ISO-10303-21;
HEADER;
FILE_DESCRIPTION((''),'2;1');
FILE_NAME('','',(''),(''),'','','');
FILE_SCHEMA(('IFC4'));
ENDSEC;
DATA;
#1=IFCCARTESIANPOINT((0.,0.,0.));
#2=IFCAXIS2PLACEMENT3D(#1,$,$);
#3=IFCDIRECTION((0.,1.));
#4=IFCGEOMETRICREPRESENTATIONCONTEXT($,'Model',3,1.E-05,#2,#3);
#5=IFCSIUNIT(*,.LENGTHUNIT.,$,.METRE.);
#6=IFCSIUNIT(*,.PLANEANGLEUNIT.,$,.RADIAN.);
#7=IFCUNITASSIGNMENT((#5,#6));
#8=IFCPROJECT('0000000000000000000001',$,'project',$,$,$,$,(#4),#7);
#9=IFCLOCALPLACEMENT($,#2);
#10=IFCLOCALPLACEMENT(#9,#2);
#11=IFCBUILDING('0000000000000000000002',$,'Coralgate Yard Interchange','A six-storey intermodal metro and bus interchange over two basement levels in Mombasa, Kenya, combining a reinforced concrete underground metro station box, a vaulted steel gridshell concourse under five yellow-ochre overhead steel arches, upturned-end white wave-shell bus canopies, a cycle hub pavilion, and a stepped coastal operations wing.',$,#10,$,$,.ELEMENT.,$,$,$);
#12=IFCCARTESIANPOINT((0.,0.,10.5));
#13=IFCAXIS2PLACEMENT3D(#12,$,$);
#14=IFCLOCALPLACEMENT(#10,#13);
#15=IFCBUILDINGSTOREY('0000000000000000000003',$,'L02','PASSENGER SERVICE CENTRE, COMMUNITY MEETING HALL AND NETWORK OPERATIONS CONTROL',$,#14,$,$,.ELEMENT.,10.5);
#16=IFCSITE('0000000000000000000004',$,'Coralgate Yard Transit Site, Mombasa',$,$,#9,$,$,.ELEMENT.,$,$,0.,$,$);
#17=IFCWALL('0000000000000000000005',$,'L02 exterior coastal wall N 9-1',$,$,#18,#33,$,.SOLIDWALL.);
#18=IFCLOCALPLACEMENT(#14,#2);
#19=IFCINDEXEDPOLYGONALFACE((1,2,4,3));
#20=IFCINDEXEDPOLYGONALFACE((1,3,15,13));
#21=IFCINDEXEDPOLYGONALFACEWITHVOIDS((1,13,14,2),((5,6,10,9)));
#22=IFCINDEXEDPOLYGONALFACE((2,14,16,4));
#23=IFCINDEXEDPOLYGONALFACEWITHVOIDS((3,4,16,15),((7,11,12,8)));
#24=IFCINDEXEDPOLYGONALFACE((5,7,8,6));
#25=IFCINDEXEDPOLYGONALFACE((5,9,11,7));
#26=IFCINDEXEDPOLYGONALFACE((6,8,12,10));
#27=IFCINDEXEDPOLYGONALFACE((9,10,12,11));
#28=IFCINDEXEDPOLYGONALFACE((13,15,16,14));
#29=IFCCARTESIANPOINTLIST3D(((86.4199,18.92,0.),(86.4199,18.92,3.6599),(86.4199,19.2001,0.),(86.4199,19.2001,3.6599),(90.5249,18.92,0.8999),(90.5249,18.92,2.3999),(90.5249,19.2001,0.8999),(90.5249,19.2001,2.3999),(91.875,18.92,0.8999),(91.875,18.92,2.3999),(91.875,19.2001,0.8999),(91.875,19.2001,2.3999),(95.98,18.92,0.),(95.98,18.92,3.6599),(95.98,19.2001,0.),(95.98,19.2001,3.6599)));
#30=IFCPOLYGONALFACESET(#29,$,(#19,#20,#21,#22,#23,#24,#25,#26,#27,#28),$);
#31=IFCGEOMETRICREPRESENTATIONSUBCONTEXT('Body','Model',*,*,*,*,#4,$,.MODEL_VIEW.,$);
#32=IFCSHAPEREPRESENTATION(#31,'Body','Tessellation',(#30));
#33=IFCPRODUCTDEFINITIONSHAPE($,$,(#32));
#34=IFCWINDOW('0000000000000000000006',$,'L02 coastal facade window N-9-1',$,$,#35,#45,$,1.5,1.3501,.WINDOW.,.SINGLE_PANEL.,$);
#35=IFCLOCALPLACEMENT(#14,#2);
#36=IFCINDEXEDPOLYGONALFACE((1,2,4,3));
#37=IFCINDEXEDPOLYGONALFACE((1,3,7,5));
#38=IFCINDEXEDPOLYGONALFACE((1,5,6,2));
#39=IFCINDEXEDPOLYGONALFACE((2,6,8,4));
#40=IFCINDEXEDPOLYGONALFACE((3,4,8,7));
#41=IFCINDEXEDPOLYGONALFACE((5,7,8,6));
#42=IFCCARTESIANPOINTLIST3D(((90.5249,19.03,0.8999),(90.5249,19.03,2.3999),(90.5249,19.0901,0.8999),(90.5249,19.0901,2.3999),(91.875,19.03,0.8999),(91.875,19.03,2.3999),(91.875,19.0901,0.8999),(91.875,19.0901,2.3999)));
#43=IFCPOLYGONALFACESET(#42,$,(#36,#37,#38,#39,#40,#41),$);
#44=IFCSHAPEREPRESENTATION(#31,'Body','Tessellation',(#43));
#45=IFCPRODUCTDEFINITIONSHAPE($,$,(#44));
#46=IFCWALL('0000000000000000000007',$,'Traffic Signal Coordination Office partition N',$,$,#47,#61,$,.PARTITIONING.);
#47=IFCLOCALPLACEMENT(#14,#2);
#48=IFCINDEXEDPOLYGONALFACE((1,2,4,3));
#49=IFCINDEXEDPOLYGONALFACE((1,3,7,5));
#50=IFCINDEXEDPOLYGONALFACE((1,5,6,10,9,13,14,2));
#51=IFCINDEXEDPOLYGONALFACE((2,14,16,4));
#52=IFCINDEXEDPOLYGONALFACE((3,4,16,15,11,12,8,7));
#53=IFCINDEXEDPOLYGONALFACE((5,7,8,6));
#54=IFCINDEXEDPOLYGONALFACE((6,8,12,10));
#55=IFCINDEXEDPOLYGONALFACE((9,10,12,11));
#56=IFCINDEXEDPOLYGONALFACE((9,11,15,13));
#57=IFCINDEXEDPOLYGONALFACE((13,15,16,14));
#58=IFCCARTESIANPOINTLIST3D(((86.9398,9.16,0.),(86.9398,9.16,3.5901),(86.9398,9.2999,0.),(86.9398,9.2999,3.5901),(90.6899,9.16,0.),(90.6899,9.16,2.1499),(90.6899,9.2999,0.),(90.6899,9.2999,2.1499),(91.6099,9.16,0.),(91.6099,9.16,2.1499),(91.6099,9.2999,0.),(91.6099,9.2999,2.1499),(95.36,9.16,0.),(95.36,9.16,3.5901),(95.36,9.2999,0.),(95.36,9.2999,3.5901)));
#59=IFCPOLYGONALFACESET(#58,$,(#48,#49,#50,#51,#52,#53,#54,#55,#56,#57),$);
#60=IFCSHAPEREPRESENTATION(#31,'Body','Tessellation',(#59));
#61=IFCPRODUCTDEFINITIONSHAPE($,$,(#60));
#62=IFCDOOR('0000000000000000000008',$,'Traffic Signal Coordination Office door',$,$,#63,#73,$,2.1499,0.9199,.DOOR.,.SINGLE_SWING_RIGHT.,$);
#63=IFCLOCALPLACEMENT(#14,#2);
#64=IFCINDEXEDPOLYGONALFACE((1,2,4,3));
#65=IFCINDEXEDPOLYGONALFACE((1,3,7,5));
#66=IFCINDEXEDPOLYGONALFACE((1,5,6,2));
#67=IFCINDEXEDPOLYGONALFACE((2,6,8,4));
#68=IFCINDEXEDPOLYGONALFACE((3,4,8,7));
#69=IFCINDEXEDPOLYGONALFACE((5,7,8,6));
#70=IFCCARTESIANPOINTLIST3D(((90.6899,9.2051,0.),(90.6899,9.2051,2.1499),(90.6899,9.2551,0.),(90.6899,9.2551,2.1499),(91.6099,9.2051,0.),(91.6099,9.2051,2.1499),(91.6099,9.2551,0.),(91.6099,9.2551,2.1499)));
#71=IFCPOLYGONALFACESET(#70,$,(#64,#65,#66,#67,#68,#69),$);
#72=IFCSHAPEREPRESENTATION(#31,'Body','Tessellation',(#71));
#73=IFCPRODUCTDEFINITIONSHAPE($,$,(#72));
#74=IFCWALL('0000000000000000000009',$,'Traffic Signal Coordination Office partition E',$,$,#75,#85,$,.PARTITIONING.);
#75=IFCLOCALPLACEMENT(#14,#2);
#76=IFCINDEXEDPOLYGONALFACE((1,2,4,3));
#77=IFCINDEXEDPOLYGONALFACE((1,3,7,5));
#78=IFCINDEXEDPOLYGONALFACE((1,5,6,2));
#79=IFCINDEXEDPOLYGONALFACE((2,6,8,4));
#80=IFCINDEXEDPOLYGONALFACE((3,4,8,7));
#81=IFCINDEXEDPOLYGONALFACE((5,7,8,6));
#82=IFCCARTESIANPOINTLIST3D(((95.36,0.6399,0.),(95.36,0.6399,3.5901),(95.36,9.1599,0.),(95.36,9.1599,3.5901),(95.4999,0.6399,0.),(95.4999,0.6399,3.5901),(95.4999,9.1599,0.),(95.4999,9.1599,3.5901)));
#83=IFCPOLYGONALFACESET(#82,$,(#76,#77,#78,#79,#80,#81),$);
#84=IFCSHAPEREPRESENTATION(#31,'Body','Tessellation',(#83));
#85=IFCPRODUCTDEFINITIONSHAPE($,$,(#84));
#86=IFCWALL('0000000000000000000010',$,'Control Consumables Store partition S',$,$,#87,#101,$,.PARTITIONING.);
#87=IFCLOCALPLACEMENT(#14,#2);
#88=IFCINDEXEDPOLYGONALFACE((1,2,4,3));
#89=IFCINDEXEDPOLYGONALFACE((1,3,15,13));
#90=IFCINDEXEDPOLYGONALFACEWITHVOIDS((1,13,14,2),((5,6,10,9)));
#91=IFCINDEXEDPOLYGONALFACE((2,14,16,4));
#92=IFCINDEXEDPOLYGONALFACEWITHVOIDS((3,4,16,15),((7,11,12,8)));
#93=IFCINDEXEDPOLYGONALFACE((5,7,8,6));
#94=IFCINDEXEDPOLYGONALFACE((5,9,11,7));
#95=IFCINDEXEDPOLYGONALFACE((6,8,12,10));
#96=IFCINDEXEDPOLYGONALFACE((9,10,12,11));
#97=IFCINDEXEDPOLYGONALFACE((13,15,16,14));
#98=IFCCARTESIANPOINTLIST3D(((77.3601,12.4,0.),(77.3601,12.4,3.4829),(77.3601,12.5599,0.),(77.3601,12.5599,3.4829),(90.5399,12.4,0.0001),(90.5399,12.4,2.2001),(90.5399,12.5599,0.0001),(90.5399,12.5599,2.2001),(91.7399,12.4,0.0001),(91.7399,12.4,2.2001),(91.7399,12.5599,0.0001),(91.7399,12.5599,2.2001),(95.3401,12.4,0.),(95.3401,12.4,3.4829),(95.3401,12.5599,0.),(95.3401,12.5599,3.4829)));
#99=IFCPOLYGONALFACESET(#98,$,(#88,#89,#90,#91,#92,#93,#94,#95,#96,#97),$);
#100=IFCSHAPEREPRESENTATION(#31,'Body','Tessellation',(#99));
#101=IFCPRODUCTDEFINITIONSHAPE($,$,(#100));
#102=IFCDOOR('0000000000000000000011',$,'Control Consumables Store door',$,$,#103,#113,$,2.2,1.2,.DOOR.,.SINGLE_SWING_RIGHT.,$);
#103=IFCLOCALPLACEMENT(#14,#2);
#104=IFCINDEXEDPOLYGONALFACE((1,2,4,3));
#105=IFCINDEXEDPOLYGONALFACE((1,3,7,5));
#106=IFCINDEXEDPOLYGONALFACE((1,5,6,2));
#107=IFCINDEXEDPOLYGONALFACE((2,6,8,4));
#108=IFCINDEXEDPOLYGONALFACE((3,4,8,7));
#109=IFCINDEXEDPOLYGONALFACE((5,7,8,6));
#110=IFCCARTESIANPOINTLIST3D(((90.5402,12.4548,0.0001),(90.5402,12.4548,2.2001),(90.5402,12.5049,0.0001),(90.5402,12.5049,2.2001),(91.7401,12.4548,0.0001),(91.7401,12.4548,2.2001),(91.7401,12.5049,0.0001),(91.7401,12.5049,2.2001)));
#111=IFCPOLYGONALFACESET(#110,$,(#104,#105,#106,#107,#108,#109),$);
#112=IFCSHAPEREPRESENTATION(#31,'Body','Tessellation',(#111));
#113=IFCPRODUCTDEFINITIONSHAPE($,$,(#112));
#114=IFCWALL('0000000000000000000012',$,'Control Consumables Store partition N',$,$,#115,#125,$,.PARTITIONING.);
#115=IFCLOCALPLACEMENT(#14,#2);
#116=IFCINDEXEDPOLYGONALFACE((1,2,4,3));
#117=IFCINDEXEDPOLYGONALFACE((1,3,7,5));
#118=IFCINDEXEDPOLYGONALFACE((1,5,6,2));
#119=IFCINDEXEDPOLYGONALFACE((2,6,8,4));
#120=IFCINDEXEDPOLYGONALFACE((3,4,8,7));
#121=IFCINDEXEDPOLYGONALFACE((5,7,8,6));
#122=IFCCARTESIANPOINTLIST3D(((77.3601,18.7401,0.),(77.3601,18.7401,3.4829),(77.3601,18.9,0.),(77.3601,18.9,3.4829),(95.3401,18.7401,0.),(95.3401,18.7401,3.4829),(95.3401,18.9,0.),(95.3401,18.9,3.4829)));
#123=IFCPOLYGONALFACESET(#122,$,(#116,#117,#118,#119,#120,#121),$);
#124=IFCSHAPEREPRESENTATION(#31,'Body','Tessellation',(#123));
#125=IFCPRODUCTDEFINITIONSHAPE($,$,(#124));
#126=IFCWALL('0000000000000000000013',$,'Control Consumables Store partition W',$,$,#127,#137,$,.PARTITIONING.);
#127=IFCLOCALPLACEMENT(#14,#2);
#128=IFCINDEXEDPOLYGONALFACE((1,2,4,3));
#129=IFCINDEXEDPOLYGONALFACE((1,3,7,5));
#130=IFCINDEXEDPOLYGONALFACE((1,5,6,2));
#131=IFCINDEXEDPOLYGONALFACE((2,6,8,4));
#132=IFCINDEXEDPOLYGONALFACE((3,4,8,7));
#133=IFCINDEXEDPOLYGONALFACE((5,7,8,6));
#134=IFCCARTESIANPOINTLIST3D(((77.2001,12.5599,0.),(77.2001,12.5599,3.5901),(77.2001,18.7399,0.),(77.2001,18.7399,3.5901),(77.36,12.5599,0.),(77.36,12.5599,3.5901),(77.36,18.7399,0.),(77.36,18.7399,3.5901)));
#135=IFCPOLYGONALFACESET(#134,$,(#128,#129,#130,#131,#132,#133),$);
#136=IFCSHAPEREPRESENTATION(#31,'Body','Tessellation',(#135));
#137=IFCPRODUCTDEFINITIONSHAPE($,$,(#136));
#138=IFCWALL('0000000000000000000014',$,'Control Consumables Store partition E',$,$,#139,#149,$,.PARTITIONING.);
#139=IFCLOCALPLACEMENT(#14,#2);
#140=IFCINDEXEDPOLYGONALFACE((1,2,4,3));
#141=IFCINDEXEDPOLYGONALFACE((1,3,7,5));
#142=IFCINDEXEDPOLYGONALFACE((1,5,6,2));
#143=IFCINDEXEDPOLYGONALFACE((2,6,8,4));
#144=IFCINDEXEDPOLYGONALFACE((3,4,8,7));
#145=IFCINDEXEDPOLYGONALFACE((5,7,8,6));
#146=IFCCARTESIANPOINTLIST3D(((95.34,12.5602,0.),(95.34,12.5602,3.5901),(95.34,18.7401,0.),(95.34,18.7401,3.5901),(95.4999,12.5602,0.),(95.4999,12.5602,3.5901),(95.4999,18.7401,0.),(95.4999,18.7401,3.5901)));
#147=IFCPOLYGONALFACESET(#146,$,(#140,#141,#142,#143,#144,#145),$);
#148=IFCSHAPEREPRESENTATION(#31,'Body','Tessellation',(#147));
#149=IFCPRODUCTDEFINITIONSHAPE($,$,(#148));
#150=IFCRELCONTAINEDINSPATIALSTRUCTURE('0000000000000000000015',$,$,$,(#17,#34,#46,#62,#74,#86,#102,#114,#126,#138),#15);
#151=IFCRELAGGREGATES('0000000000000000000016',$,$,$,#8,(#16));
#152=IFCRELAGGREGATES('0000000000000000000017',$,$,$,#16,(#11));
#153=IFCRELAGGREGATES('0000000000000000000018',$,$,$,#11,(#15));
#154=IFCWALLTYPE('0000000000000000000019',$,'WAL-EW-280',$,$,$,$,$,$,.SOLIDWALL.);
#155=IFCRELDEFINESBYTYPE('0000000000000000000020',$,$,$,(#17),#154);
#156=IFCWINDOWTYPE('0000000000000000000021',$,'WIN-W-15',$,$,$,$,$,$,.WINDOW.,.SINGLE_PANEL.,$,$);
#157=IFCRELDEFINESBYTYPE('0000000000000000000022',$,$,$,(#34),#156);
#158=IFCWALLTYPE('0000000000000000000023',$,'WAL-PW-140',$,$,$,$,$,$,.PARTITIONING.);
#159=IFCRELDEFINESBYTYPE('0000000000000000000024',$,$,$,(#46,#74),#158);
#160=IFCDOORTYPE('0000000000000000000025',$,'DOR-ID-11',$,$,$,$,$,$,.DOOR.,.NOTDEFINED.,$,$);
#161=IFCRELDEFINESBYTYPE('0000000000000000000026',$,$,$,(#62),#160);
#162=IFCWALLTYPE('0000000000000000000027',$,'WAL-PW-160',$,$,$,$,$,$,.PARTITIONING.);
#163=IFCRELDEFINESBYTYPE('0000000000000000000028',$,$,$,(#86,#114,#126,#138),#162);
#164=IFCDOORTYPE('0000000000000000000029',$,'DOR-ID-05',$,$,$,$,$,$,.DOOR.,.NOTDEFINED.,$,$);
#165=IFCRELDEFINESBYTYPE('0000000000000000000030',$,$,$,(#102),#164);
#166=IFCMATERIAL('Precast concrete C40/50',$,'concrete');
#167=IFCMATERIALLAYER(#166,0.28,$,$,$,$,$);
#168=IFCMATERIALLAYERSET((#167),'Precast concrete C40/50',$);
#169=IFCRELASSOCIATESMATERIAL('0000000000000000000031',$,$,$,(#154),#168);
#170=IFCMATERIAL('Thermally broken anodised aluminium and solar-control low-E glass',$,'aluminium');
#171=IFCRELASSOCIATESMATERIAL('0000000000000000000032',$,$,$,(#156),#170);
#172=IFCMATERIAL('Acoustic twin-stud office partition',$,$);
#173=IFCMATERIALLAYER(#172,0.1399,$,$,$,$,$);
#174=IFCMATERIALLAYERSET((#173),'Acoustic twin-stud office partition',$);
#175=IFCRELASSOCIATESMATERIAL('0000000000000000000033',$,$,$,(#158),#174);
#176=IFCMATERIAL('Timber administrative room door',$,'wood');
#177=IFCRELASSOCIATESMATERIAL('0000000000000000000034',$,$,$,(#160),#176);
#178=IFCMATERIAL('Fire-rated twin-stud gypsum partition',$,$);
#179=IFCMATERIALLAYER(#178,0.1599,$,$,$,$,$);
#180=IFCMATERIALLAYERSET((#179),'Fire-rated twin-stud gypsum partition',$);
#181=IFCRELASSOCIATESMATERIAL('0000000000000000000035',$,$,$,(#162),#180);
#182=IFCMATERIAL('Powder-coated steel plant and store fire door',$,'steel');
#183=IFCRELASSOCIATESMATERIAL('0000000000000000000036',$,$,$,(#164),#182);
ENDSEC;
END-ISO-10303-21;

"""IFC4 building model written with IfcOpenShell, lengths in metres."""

from ifc_helpers import new_model, si_unit, direction, frame, frame_2d, origin, place, context, subcontext, project, spatial, rectangle, extrude, material, layer, layer_set, type_object, element, fill, save


model = new_model("IFC4")

# Units and contexts
model_context = context("Model", 3, precision=1e-05, world=origin(), true_north=direction((0.0, 1.0)))
body_context = subcontext(model_context, "Body", "Model", "MODEL_VIEW")
ifc_project = project(units=[si_unit("LENGTHUNIT", "METRE"), si_unit("PLANEANGLEUNIT", "RADIAN")], contexts=[model_context])

# Site, building, storey
site_placement = place(None, origin())
site = spatial("IfcSite", under=ifc_project, at=site_placement, Name="Coralgate Yard Transit Site, Mombasa", CompositionType="ELEMENT", RefElevation=0.0)
building_placement = place(site_placement, origin())
building = spatial("IfcBuilding", under=site, at=building_placement, Name="Coralgate Yard Interchange", Description="A six-storey intermodal metro and bus interchange over two basement levels in Mombasa, Kenya, combining a reinforced concrete underground metro station box, a vaulted steel gridshell concourse under five yellow-ochre overhead steel arches, upturned-end white wave-shell bus canopies, a cycle hub pavilion, and a stepped coastal operations wing.", CompositionType="ELEMENT")
storey_placement = place(building_placement, frame((0.0, 0.0, 10.5)))
storey = spatial("IfcBuildingStorey", under=building, at=storey_placement, Name="L02", Description="PASSENGER SERVICE CENTRE, COMMUNITY MEETING HALL AND NETWORK OPERATIONS CONTROL", CompositionType="ELEMENT", Elevation=10.5)

# Wall, opening, window
ifc_material_1 = material(Name="Precast concrete C40/50", Category="concrete")
ifc_layer_1 = layer(ifc_material_1, 0.28)
ifc_layer_set_1 = layer_set([ifc_layer_1], Name="Precast concrete C40/50")
wall_type_1 = type_object("IfcWallType", Name="WAL-EW-280", PredefinedType="SOLIDWALL", material=ifc_layer_set_1)
wall_1_placement = place(storey_placement, frame((86.4199, 19.0601, 0.0), z_axis=(0.0, 0.0, 1.0), x_axis=(1.0, 0.0, 0.0)))
wall_1 = element("IfcWall", 1, at=wall_1_placement, inside=storey, type_object=wall_type_1, Name="L02 exterior coastal wall N 9-1", PredefinedType="SOLIDWALL", context=body_context, shape_type="SweptSolid", body=[
    extrude(rectangle(XDim=9.5601, YDim=0.28, at=frame_2d((4.78, 0.0))), origin(), (0.0, 0.0, 1.0), 3.6599),
])
opening_1_placement = place(wall_1_placement, frame((4.105, 0.0, 0.8999)))
opening_1 = element("IfcOpeningElement", 2, at=opening_1_placement, cuts=wall_1, PredefinedType="OPENING", context=body_context, shape_type="SweptSolid", body=[
    extrude(rectangle(XDim=1.3501, YDim=1.5, at=frame_2d((0.675, 0.75))), frame((0.0, 0.1499, 0.0), z_axis=(0.0, -1.0, 0.0), x_axis=(1.0, 0.0, 0.0)), (0.0, 0.0, 1.0), 0.3),
])
ifc_material_2 = material(Name="Thermally broken anodised aluminium and solar-control low-E glass", Category="aluminium")
window_type = type_object("IfcWindowType", Name="WIN-W-15", PartitioningType="SINGLE_PANEL", PredefinedType="WINDOW", material=ifc_material_2)
window_placement = place(opening_1_placement, origin())
window = element("IfcWindow", 3, at=window_placement, inside=storey, type_object=window_type, Name="L02 coastal facade window N-9-1", OverallHeight=1.5, OverallWidth=1.3501, PartitioningType="SINGLE_PANEL", PredefinedType="WINDOW", context=body_context, shape_type="SweptSolid", body=[
    extrude(rectangle(XDim=1.3501, YDim=1.5, at=frame_2d((0.675, 0.75))), frame((0.0, 0.03, 0.0), z_axis=(0.0, -1.0, 0.0), x_axis=(1.0, 0.0, 0.0)), (0.0, 0.0, 1.0), 0.0601),
])
fill(opening_1, window)

# Wall, opening, door
ifc_material_3 = material(Name="Acoustic twin-stud office partition")
ifc_layer_2 = layer(ifc_material_3, 0.1399)
ifc_layer_set_2 = layer_set([ifc_layer_2], Name="Acoustic twin-stud office partition")
wall_type_2 = type_object("IfcWallType", Name="WAL-PW-140", PredefinedType="PARTITIONING", material=ifc_layer_set_2)
wall_2_placement = place(storey_placement, frame((86.9399, 9.23, 0.0), z_axis=(0.0, 0.0, 1.0), x_axis=(1.0, 0.0, 0.0)))
wall_2 = element("IfcWall", 4, at=wall_2_placement, inside=storey, type_object=wall_type_2, Name="Traffic Signal Coordination Office partition N", PredefinedType="PARTITIONING", context=body_context, shape_type="SweptSolid", body=[
    extrude(rectangle(XDim=8.4202, YDim=0.1399, at=frame_2d((4.21, 0.0))), origin(), (0.0, 0.0, 1.0), 3.5901),
])
opening_2_placement = place(wall_2_placement, frame((3.75, 0.0, 0.0)))
opening_2 = element("IfcOpeningElement", 5, at=opening_2_placement, cuts=wall_2, PredefinedType="OPENING", context=body_context, shape_type="SweptSolid", body=[
    extrude(rectangle(XDim=0.9199, YDim=2.1499, at=frame_2d((0.46, 1.075))), frame((0.0, 0.0798, 0.0), z_axis=(0.0, -1.0, 0.0), x_axis=(1.0, 0.0, 0.0)), (0.0, 0.0, 1.0), 0.1599),
])
ifc_material_4 = material(Name="Timber administrative room door", Category="wood")
door_type_1 = type_object("IfcDoorType", Name="DOR-ID-11", OperationType="NOTDEFINED", PredefinedType="DOOR", material=ifc_material_4)
door_1_placement = place(opening_2_placement, frame((0.9199, 0.0, 0.0), z_axis=(0.0, 0.0, 1.0), x_axis=(-1.0, 0.0, 0.0)))
door_1 = element("IfcDoor", 6, at=door_1_placement, inside=storey, type_object=door_type_1, Name="Traffic Signal Coordination Office door", OperationType="SINGLE_SWING_RIGHT", OverallHeight=2.1499, OverallWidth=0.9199, PredefinedType="DOOR", context=body_context, shape_type="SweptSolid", body=[
    extrude(rectangle(XDim=0.9199, YDim=2.1499, at=frame_2d((0.46, 1.075))), frame((0.0, 0.0249, 0.0), z_axis=(0.0, -1.0, 0.0), x_axis=(1.0, 0.0, 0.0)), (0.0, 0.0, 1.0), 0.05),
])
fill(opening_2, door_1)

# Wall
wall_3_placement = place(storey_placement, frame((95.4299, 9.1599, 0.0), z_axis=(0.0, 0.0, 1.0), x_axis=(0.0, -1.0, 0.0)))
element("IfcWall", 7, at=wall_3_placement, inside=storey, type_object=wall_type_2, Name="Traffic Signal Coordination Office partition E", PredefinedType="PARTITIONING", context=body_context, shape_type="SweptSolid", body=[
    extrude(rectangle(XDim=8.52, YDim=0.1399, at=frame_2d((4.26, 0.0))), origin(), (0.0, 0.0, 1.0), 3.5901),
])

# Wall, opening, door
ifc_material_5 = material(Name="Fire-rated twin-stud gypsum partition")
ifc_layer_3 = layer(ifc_material_5, 0.1599)
ifc_layer_set_3 = layer_set([ifc_layer_3], Name="Fire-rated twin-stud gypsum partition")
wall_type_3 = type_object("IfcWallType", Name="WAL-PW-160", PredefinedType="PARTITIONING", material=ifc_layer_set_3)
wall_4_placement = place(storey_placement, frame((95.3401, 12.48, 0.0), z_axis=(0.0, 0.0, 1.0), x_axis=(-1.0, 0.0, 0.0)))
wall_4 = element("IfcWall", 8, at=wall_4_placement, inside=storey, type_object=wall_type_3, Name="Control Consumables Store partition S", PredefinedType="PARTITIONING", context=body_context, shape_type="SweptSolid", body=[
    extrude(rectangle(XDim=17.98, YDim=0.1599, at=frame_2d((8.99, 0.0))), origin(), (0.0, 0.0, 1.0), 3.4829),
])
opening_3_placement = place(wall_4_placement, frame((3.6001, 0.0, 0.0)))
opening_3 = element("IfcOpeningElement", 9, at=opening_3_placement, cuts=wall_4, PredefinedType="OPENING", context=body_context, shape_type="SweptSolid", body=[
    extrude(rectangle(XDim=1.2, YDim=2.2, at=frame_2d((0.6001, 1.1001))), frame((0.0, 0.0898, 0.0), z_axis=(0.0, -1.0, 0.0), x_axis=(1.0, 0.0, 0.0)), (0.0, 0.0, 1.0), 0.1799),
])
ifc_material_6 = material(Name="Powder-coated steel plant and store fire door", Category="steel")
door_type_2 = type_object("IfcDoorType", Name="DOR-ID-05", OperationType="NOTDEFINED", PredefinedType="DOOR", material=ifc_material_6)
door_2_placement = place(opening_3_placement, frame((1.2, 0.0, 0.0), z_axis=(0.0, 0.0, 1.0), x_axis=(-1.0, 0.0, 0.0)))
door_2 = element("IfcDoor", 10, at=door_2_placement, inside=storey, type_object=door_type_2, Name="Control Consumables Store door", OperationType="SINGLE_SWING_RIGHT", OverallHeight=2.2, OverallWidth=1.2, PredefinedType="DOOR", context=body_context, shape_type="SweptSolid", body=[
    extrude(rectangle(XDim=1.2, YDim=2.2, at=frame_2d((0.6001, 1.1001))), frame((0.0, 0.0249, 0.0), z_axis=(0.0, -1.0, 0.0), x_axis=(1.0, 0.0, 0.0)), (0.0, 0.0, 1.0), 0.05),
])
fill(opening_3, door_2)

# Walls
wall_5_placement = place(storey_placement, frame((77.3601, 18.8201, 0.0), z_axis=(0.0, 0.0, 1.0), x_axis=(1.0, 0.0, 0.0)))
element("IfcWall", 11, at=wall_5_placement, inside=storey, type_object=wall_type_3, Name="Control Consumables Store partition N", PredefinedType="PARTITIONING", context=body_context, shape_type="SweptSolid", body=[
    extrude(rectangle(XDim=17.98, YDim=0.1599, at=frame_2d((8.99, 0.0))), origin(), (0.0, 0.0, 1.0), 3.4829),
])
for number, where, z_axis, x_axis, name in (
    (12, (77.28, 12.5601, 0.0), (0.0, 0.0, 1.0), (0.0, 1.0, 0.0), "Control Consumables Store partition W"),
    (13, (95.4199, 18.74, 0.0), (0.0, 0.0, 1.0), (0.0, -1.0, 0.0), "Control Consumables Store partition E"),
):
    element("IfcWall", number, at=place(storey_placement, frame(where, z_axis=z_axis, x_axis=x_axis)), inside=storey, type_object=wall_type_3, Name=name, PredefinedType="PARTITIONING", context=body_context, shape_type="SweptSolid", body=[
        extrude(rectangle(XDim=6.1799, YDim=0.1599, at=frame_2d((3.0898, 0.0))), origin(), (0.0, 0.0, 1.0), 3.5901),
    ])

save(model, "model.ifc")
